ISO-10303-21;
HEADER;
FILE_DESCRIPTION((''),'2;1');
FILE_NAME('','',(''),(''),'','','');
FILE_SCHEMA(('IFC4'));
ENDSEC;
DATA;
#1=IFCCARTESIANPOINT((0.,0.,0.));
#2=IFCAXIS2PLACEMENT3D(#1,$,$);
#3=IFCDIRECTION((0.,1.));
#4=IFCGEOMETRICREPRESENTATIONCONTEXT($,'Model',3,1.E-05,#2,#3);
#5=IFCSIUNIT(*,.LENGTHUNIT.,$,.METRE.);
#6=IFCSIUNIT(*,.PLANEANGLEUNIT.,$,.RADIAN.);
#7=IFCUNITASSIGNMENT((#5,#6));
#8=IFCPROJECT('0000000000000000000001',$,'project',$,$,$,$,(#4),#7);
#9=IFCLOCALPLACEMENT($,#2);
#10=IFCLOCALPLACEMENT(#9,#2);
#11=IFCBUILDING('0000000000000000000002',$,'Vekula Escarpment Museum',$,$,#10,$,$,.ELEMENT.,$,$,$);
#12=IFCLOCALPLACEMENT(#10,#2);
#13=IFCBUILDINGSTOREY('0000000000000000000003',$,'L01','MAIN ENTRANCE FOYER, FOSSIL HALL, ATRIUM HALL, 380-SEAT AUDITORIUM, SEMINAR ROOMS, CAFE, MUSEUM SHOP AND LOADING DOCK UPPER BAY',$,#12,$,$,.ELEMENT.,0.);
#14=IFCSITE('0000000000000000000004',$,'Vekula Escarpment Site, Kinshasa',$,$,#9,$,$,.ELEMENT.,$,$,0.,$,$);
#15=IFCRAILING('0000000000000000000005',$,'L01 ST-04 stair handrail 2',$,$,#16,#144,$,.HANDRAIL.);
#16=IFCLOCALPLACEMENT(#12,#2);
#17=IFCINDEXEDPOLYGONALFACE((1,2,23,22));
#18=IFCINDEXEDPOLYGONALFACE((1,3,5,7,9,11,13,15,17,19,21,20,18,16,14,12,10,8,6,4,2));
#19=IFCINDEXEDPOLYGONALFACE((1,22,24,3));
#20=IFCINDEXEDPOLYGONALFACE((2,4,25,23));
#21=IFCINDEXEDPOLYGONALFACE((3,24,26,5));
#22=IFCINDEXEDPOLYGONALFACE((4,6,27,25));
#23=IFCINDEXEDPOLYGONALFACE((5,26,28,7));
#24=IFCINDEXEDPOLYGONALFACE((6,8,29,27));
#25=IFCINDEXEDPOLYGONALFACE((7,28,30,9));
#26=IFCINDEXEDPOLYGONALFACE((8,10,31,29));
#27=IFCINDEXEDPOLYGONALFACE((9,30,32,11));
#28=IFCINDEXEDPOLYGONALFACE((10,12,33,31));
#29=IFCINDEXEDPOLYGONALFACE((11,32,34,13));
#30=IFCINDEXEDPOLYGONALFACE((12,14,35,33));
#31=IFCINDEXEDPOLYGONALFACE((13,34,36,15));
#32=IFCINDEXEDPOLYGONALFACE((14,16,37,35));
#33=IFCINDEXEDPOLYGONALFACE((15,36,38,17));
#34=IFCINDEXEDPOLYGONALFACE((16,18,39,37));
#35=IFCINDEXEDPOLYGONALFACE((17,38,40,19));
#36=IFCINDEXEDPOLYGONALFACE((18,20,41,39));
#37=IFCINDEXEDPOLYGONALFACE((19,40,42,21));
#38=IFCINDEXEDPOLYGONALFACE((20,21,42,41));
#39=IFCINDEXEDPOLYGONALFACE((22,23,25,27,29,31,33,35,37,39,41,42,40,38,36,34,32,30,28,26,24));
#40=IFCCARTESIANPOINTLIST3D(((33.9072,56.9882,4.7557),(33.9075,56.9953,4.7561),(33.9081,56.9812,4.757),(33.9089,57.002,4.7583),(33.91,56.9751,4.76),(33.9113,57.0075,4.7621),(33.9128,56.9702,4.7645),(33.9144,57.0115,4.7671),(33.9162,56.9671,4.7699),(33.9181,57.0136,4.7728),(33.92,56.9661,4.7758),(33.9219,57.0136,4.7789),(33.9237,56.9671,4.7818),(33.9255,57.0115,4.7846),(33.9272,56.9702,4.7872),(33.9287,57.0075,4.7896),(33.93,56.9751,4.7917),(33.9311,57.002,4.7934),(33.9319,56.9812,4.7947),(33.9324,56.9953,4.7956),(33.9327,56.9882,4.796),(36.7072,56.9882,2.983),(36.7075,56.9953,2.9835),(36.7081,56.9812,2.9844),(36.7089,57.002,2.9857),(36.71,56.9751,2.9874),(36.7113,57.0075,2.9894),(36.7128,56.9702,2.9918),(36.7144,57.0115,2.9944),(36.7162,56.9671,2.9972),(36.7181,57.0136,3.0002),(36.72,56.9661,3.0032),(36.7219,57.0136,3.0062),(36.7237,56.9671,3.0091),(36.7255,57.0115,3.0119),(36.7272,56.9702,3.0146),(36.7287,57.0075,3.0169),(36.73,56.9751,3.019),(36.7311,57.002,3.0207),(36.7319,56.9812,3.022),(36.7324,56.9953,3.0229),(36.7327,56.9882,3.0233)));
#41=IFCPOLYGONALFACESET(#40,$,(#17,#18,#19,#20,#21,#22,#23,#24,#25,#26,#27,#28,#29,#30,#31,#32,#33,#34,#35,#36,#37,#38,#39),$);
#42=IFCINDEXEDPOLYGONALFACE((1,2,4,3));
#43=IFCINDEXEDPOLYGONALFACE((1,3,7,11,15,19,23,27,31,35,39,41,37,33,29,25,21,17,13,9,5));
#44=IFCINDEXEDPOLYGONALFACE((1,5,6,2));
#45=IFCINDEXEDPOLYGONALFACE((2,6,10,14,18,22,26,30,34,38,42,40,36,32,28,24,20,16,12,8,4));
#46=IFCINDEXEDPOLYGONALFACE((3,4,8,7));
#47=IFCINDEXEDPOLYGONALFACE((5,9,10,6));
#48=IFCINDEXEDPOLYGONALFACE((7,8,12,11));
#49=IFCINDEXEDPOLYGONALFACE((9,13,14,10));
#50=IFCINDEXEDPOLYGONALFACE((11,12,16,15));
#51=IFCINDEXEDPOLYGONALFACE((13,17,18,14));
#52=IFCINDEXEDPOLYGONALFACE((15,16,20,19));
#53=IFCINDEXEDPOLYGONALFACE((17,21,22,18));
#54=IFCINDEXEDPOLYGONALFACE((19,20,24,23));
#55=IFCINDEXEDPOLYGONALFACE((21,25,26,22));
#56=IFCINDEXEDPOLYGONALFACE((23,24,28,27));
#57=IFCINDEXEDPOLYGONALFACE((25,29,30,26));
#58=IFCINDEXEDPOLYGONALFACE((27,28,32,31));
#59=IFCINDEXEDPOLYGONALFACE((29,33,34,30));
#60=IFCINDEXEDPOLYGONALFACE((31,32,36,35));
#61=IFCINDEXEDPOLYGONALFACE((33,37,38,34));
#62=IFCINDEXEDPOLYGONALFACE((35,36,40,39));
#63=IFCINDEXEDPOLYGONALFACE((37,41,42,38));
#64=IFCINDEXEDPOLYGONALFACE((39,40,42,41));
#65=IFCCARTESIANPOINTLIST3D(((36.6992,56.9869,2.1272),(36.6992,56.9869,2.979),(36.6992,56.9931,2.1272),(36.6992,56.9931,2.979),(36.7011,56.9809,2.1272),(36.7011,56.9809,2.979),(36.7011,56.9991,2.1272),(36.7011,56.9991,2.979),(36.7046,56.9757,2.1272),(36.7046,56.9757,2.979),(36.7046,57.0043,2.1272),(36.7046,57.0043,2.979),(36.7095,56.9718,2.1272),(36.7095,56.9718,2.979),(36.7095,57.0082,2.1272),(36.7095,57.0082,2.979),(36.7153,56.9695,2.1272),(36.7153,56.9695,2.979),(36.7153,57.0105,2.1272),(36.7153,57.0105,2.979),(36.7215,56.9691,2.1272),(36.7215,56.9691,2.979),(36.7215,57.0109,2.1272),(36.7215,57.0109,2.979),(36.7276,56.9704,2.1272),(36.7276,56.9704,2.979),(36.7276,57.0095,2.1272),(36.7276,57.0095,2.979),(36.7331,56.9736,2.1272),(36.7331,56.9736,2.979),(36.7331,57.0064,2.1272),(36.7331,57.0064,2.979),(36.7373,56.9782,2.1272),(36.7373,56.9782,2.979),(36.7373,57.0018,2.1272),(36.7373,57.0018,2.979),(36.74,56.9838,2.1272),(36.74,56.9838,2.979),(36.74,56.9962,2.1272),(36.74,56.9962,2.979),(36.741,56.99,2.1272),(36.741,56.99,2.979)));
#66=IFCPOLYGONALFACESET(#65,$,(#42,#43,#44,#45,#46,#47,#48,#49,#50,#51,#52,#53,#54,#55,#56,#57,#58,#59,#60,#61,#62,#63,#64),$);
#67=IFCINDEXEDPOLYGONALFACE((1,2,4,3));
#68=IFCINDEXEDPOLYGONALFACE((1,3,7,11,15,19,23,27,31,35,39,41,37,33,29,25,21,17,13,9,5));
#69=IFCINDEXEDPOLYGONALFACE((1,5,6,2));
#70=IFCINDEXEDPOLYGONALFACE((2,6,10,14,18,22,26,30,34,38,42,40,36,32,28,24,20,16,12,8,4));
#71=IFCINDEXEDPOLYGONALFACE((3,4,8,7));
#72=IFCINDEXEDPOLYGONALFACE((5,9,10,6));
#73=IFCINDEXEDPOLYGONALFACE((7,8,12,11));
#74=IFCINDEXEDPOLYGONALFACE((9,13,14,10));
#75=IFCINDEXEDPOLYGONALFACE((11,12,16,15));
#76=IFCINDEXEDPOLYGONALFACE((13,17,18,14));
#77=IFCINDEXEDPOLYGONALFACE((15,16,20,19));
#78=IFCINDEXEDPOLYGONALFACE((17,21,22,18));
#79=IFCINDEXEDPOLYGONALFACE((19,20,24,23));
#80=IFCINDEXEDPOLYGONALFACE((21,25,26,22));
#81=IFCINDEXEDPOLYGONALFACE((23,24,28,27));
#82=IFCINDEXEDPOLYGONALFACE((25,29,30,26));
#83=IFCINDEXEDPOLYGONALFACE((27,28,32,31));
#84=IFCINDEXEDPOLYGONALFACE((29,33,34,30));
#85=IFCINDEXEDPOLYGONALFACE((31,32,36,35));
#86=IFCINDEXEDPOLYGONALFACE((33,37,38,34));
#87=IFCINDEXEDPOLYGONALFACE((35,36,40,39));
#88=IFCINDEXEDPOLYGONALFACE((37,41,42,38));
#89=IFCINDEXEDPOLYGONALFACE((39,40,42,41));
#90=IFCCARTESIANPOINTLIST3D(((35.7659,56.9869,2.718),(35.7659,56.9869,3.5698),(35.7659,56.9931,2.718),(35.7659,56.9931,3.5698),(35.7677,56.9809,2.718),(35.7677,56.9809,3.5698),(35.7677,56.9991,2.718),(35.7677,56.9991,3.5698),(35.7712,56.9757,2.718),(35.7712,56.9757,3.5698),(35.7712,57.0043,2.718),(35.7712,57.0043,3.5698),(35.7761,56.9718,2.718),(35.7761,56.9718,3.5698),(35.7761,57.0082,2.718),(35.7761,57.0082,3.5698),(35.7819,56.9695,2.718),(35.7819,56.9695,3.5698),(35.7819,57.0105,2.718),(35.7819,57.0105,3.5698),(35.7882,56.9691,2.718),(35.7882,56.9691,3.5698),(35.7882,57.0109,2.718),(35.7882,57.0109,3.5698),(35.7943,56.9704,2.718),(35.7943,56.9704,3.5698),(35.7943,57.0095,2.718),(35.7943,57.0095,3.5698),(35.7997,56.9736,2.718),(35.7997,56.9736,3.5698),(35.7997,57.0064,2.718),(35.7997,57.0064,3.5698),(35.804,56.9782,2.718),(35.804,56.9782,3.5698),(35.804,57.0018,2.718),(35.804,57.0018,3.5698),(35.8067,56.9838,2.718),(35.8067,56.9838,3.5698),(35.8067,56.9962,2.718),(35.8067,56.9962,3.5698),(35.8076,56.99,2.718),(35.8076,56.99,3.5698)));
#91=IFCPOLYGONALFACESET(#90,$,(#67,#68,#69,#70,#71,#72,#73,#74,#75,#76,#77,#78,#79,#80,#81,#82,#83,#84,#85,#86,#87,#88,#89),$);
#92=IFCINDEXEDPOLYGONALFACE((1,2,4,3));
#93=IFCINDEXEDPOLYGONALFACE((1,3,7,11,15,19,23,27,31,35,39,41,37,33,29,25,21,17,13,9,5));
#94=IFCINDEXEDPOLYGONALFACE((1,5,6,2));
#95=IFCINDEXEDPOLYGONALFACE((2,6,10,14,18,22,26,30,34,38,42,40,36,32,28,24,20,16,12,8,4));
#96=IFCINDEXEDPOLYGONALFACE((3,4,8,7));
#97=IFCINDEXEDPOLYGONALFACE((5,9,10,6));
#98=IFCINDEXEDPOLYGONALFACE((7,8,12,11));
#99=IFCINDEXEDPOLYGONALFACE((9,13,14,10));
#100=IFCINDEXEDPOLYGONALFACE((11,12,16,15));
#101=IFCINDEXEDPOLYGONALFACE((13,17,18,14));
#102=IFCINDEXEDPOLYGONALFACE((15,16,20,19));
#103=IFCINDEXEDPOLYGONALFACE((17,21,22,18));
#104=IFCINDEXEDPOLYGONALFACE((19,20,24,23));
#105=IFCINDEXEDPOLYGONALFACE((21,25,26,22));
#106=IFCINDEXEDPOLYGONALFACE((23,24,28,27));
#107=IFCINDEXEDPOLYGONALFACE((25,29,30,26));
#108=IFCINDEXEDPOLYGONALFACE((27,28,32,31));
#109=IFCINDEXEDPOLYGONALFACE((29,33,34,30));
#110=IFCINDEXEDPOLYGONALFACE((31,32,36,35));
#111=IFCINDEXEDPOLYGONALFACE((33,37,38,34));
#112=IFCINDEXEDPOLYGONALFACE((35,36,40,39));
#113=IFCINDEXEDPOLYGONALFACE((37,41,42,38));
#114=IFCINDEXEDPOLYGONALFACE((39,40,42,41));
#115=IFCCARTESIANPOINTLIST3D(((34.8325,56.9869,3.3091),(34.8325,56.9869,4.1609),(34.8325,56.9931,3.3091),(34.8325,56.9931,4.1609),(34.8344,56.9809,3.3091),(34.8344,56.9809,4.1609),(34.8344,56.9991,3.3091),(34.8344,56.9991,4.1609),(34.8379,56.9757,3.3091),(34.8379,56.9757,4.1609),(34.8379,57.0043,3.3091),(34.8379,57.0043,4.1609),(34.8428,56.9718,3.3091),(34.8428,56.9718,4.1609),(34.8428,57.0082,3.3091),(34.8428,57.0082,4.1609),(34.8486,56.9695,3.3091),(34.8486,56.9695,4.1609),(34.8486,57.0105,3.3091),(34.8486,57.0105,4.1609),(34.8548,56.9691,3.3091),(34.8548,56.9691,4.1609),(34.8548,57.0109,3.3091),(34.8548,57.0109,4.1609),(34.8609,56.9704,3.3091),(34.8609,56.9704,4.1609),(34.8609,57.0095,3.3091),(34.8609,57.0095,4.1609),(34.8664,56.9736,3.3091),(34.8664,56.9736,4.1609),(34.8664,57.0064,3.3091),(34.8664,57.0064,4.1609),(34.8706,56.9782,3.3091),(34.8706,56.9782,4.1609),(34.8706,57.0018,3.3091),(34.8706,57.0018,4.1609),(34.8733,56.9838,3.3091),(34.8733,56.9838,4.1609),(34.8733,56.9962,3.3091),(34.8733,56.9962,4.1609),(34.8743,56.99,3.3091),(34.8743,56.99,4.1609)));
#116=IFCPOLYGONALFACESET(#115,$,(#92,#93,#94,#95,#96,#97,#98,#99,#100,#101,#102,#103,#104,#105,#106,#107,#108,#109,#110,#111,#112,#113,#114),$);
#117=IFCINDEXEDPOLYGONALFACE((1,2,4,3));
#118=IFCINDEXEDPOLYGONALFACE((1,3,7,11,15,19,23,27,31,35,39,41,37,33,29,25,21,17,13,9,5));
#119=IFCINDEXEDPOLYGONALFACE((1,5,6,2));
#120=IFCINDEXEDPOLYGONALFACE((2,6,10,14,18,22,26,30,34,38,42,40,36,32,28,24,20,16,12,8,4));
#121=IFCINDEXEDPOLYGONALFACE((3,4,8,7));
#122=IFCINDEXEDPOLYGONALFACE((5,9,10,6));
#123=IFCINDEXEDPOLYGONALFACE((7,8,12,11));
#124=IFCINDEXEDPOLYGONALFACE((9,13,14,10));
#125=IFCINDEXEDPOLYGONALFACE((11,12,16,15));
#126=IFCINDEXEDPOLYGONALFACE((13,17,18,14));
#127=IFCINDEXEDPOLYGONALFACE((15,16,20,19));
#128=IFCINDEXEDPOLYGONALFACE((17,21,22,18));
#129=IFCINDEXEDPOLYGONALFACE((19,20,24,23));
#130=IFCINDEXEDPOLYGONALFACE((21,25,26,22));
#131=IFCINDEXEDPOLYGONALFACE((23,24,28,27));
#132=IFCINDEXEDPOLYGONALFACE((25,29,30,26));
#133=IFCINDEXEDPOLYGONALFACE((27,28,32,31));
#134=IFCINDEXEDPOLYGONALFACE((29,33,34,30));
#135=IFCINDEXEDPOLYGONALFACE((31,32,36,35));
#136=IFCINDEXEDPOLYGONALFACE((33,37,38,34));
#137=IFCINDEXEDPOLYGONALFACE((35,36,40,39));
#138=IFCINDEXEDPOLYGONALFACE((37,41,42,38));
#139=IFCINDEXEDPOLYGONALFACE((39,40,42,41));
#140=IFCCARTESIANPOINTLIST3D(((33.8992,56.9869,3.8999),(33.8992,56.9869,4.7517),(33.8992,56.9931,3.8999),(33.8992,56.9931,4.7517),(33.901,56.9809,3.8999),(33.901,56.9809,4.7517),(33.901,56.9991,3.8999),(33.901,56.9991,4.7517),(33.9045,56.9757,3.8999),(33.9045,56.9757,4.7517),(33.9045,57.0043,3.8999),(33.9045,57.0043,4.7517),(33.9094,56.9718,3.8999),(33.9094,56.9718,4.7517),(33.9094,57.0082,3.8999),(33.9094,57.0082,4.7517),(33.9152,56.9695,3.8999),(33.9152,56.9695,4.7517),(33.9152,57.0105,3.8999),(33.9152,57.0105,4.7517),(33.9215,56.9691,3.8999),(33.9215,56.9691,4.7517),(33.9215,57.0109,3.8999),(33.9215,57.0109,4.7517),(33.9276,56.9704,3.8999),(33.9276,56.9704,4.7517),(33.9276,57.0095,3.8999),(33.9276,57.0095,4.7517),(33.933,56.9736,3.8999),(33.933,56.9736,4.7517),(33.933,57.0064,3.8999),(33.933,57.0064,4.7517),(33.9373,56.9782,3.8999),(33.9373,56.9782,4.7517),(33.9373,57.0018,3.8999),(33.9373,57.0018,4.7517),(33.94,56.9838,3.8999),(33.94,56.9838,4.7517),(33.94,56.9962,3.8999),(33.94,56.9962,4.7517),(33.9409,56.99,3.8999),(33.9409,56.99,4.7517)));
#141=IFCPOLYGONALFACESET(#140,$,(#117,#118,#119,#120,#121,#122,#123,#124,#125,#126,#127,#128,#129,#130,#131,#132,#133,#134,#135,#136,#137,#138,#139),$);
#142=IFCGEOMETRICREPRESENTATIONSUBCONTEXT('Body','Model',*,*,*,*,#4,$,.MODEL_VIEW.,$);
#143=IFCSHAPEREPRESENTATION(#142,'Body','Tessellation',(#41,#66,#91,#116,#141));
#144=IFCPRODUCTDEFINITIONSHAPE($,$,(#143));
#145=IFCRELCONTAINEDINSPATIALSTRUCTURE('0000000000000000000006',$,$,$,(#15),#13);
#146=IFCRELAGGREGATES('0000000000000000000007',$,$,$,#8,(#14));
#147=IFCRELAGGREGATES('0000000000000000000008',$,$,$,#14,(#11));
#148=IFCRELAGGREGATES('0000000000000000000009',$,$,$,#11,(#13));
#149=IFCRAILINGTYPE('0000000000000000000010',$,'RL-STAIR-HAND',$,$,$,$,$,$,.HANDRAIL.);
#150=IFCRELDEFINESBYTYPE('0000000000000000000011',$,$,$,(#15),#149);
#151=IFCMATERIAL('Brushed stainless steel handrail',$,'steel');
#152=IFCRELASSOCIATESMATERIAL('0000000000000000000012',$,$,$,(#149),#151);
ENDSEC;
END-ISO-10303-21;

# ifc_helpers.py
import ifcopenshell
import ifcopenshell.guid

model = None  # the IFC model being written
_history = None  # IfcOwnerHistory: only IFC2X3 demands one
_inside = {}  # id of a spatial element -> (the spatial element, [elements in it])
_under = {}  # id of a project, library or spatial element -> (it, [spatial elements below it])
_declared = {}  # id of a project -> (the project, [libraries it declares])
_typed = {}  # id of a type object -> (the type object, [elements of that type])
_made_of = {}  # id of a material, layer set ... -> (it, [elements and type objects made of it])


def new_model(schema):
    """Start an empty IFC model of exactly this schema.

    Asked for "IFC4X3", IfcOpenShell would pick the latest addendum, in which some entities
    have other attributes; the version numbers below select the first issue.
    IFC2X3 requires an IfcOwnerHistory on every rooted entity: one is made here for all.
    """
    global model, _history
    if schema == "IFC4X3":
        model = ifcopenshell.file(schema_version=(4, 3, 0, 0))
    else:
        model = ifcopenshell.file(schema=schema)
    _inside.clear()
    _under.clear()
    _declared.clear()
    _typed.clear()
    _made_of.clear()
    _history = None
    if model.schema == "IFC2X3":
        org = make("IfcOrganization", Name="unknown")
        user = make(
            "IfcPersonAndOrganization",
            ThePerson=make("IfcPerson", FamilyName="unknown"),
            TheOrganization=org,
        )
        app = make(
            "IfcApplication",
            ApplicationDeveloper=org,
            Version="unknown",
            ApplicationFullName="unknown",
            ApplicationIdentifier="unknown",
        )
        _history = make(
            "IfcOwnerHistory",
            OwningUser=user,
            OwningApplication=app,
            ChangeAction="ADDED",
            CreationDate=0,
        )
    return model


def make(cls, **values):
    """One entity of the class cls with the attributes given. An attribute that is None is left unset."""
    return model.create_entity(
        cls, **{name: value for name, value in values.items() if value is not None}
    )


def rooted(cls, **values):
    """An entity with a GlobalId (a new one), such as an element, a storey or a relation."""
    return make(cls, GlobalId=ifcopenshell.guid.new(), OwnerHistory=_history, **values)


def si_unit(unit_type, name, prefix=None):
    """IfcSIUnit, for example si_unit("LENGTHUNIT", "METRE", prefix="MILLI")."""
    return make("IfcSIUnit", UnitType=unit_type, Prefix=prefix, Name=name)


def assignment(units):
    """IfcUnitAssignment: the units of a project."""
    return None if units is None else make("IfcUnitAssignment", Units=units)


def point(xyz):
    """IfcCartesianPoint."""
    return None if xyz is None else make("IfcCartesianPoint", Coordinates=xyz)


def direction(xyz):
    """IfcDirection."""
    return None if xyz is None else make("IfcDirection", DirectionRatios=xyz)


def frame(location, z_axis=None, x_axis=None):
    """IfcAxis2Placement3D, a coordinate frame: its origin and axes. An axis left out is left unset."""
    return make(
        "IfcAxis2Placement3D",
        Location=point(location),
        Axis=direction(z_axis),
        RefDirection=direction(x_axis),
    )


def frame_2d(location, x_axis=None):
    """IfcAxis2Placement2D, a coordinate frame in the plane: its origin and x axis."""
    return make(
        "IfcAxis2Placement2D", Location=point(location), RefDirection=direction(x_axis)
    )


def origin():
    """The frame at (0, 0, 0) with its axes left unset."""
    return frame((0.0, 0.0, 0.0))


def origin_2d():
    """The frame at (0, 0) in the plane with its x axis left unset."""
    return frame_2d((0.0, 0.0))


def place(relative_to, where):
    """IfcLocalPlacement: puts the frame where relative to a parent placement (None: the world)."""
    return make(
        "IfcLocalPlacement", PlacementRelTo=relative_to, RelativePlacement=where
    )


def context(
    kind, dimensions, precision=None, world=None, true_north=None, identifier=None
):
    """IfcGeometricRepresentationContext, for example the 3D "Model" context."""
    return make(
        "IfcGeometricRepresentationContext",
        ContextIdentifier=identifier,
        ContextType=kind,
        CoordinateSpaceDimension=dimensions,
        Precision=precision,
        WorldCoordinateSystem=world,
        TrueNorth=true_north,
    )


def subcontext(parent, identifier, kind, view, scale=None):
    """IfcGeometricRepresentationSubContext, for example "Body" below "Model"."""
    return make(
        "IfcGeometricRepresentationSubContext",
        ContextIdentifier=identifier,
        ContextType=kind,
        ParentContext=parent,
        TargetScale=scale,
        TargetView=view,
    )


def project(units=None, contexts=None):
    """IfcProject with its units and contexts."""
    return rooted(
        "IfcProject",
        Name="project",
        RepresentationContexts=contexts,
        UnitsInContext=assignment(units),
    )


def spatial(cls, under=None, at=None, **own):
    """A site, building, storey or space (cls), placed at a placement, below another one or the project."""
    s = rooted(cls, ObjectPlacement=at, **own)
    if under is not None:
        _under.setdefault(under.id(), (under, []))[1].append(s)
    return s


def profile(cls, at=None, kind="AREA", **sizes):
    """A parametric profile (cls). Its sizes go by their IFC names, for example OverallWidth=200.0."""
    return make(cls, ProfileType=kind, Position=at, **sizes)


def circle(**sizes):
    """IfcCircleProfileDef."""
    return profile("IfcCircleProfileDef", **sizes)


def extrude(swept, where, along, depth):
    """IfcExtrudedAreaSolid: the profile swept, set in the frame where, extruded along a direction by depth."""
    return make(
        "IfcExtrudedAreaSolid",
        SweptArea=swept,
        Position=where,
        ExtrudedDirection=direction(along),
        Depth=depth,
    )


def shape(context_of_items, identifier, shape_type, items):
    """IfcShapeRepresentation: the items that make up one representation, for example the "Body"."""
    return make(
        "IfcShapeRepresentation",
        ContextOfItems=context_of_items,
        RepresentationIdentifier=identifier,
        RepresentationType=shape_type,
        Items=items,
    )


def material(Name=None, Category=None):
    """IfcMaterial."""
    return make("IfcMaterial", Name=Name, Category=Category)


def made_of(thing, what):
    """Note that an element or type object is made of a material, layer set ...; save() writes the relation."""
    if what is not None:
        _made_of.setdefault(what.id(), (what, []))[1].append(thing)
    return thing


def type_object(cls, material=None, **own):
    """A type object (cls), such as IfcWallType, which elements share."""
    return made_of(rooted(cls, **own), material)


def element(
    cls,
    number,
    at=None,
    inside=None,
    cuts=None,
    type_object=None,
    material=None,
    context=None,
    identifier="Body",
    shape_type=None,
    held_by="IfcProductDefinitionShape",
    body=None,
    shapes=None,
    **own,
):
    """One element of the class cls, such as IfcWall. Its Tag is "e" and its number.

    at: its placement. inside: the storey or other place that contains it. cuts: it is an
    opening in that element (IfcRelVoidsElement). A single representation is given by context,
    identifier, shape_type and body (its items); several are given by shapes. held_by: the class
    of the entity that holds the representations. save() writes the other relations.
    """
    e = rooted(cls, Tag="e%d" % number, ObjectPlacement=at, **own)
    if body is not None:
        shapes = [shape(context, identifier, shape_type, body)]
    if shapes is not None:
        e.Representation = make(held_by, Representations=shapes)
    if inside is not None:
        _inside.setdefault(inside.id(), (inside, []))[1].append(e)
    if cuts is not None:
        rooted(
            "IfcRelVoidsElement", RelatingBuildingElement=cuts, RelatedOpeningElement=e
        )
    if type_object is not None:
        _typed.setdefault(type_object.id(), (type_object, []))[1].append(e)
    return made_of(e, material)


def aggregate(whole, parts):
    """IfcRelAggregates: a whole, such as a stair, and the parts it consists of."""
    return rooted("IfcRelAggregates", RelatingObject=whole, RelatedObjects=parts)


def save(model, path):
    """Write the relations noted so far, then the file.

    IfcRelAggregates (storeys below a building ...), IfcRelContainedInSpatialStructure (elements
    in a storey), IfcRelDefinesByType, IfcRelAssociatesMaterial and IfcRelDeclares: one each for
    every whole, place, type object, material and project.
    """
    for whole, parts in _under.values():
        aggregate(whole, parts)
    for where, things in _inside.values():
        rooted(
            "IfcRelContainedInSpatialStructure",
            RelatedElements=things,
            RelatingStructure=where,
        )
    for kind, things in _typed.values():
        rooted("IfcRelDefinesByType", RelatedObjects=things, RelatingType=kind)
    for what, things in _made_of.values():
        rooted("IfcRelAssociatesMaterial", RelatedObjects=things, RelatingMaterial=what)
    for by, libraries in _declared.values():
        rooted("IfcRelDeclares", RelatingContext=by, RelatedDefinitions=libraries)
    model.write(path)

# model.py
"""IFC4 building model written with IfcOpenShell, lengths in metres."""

from ifc_helpers import new_model, si_unit, direction, frame, origin, origin_2d, place, context, subcontext, project, spatial, circle, extrude, material, type_object, element, save


model = new_model("IFC4")

# Units and contexts
model_context = context("Model", 3, precision=1e-05, world=origin(), true_north=direction((0.0, 1.0)))
body_context = subcontext(model_context, "Body", "Model", "MODEL_VIEW")
ifc_project = project(units=[si_unit("LENGTHUNIT", "METRE"), si_unit("PLANEANGLEUNIT", "RADIAN")], contexts=[model_context])

# Site, building, storey
site_placement = place(None, origin())
site = spatial("IfcSite", under=ifc_project, at=site_placement, Name="Vekula Escarpment Site, Kinshasa", CompositionType="ELEMENT", RefElevation=0.0)
building_placement = place(site_placement, origin())
building = spatial("IfcBuilding", under=site, at=building_placement, Name="Vekula Escarpment Museum", CompositionType="ELEMENT")
storey_placement = place(building_placement, origin())
storey = spatial("IfcBuildingStorey", under=building, at=storey_placement, Name="L01", Description="MAIN ENTRANCE FOYER, FOSSIL HALL, ATRIUM HALL, 380-SEAT AUDITORIUM, SEMINAR ROOMS, CAFE, MUSEUM SHOP AND LOADING DOCK UPPER BAY", CompositionType="ELEMENT", Elevation=0.0)

# Railing
ifc_material_1 = material(Name="Brushed stainless steel handrail", Category="steel")
railing_type_1 = type_object("IfcRailingType", Name="RL-STAIR-HAND", PredefinedType="HANDRAIL", material=ifc_material_1)
railing_1_placement = place(storey_placement, frame((36.72, 56.99, 2.1272)))
element("IfcRailing", 1, at=railing_1_placement, inside=storey, type_object=railing_type_1, Name="L01 ST-04 stair handrail 2", PredefinedType="HANDRAIL", context=body_context, shape_type="SweptSolid", body=[
    extrude(circle(Radius=0.0239, at=origin_2d()), frame((0.0, 0.0, 0.876), z_axis=(-0.844909, 0.0, 0.53491), x_axis=(0.0, -1.0, 0.0)), (0.0, 0.0, 1.0), 3.314),
    extrude(circle(Radius=0.021, at=origin_2d()), origin(), (0.0, 0.0, 1.0), 0.8518),
    extrude(circle(Radius=0.021, at=origin_2d()), frame((-0.9333, 0.0, 0.5908)), (0.0, 0.0, 1.0), 0.8518),
    extrude(circle(Radius=0.021, at=origin_2d()), frame((-1.8667, 0.0, 1.1819)), (0.0, 0.0, 1.0), 0.8518),
    extrude(circle(Radius=0.021, at=origin_2d()), frame((-2.8, 0.0, 1.7727)), (0.0, 0.0, 1.0), 0.8518),
])

save(model, "model.ifc")
